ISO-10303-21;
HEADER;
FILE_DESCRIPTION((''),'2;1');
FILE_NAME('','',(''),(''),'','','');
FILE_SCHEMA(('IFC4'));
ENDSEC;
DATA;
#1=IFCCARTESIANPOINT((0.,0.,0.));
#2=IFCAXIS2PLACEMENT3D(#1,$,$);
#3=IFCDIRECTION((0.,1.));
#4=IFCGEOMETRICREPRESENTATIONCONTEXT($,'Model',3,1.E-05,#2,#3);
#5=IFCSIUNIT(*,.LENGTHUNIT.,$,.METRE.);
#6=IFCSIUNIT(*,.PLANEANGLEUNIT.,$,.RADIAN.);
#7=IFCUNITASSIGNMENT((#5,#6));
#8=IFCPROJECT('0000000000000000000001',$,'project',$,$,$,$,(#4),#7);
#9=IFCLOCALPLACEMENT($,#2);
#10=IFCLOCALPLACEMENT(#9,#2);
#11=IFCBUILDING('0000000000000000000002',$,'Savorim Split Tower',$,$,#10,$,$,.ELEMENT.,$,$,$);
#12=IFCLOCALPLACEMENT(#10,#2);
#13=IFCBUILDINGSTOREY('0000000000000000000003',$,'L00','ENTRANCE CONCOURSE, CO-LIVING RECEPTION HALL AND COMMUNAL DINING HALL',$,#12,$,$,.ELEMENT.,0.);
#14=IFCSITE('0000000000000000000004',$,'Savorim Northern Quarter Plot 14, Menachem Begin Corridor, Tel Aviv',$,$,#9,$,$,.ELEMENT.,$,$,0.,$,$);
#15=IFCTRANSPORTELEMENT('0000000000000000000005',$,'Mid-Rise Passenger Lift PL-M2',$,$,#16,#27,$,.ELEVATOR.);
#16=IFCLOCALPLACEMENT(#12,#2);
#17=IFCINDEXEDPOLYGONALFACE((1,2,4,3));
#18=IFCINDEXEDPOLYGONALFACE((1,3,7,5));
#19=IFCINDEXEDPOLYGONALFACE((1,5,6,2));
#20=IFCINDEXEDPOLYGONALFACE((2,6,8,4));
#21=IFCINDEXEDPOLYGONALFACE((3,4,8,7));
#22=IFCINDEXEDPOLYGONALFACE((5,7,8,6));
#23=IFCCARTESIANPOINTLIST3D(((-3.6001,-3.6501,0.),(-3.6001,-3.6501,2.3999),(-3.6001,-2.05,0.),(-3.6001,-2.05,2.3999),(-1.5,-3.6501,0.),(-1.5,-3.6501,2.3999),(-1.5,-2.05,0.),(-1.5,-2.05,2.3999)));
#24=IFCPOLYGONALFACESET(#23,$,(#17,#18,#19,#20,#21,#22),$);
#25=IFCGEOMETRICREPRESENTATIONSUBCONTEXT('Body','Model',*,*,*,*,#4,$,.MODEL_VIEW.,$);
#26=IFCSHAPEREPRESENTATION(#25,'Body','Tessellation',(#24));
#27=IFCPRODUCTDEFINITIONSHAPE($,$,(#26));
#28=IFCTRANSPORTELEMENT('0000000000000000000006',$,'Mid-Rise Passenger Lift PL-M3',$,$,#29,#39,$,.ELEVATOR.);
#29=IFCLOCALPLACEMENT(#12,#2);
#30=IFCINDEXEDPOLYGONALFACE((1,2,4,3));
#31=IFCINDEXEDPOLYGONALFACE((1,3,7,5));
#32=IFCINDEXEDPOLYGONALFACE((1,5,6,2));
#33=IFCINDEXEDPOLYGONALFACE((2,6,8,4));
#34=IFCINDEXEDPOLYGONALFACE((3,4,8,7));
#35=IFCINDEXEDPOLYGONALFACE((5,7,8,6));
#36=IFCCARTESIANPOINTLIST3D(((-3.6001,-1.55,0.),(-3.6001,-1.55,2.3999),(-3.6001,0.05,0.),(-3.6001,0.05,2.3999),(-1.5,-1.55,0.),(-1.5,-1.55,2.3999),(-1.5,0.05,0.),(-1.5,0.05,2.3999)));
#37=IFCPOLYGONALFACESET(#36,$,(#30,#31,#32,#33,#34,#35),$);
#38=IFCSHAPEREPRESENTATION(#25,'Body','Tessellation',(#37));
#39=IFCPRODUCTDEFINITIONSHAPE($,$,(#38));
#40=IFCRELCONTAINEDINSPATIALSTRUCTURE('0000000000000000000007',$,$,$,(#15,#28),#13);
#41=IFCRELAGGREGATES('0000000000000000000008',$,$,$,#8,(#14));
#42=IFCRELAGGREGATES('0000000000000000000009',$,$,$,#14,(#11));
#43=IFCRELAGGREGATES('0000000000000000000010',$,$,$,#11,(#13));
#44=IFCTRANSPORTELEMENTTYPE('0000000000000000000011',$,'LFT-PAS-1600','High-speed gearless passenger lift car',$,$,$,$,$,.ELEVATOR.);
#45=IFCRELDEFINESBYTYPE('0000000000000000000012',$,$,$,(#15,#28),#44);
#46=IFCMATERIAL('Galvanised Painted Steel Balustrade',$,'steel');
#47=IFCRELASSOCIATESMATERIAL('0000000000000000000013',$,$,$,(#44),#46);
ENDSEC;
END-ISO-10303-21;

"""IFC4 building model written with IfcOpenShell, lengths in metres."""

from ifc_helpers import new_model, si_unit, direction, frame, origin, origin_2d, place, context, subcontext, project, spatial, rectangle, extrude, material, type_object, element, save


model = new_model("IFC4")

# Units and contexts
model_context = context("Model", 3, precision=1e-05, world=origin(), true_north=direction((0.0, 1.0)))
body_context = subcontext(model_context, "Body", "Model", "MODEL_VIEW")
ifc_project = project(units=[si_unit("LENGTHUNIT", "METRE"), si_unit("PLANEANGLEUNIT", "RADIAN")], contexts=[model_context])

# Site, building, storey
site_placement = place(None, origin())
site = spatial("IfcSite", under=ifc_project, at=site_placement, Name="Savorim Northern Quarter Plot 14, Menachem Begin Corridor, Tel Aviv", CompositionType="ELEMENT", RefElevation=0.0)
building_placement = place(site_placement, origin())
building = spatial("IfcBuilding", under=site, at=building_placement, Name="Savorim Split Tower", CompositionType="ELEMENT")
storey_placement = place(building_placement, origin())
storey = spatial("IfcBuildingStorey", under=building, at=storey_placement, Name="L00", Description="ENTRANCE CONCOURSE, CO-LIVING RECEPTION HALL AND COMMUNAL DINING HALL", CompositionType="ELEMENT", Elevation=0.0)

# Shared definitions
ifc_material_1 = material(Name="Galvanised Painted Steel Balustrade", Category="steel")

# Transport elements
transport_element_type = type_object("IfcTransportElementType", Name="LFT-PAS-1600", Description="High-speed gearless passenger lift car", PredefinedType="ELEVATOR", material=ifc_material_1)
for number, where, z_axis, x_axis, name in (
    (1, (-2.55, -2.8501, 0.0), (0.0, 0.0, 1.0), (1.0, 0.0, 0.0), "Mid-Rise Passenger Lift PL-M2"),
    (2, (-2.55, -0.75, 0.0), (0.0, 0.0, 1.0), (1.0, 0.0, 0.0), "Mid-Rise Passenger Lift PL-M3"),
):
    element("IfcTransportElement", number, at=place(storey_placement, frame(where, z_axis=z_axis, x_axis=x_axis)), inside=storey, type_object=transport_element_type, Name=name, PredefinedType="ELEVATOR", context=body_context, shape_type="SweptSolid", body=[
        extrude(rectangle(XDim=2.1001, YDim=1.6001, at=origin_2d()), origin(), (0.0, 0.0, 1.0), 2.3999),
    ])

save(model, "model.ifc")
